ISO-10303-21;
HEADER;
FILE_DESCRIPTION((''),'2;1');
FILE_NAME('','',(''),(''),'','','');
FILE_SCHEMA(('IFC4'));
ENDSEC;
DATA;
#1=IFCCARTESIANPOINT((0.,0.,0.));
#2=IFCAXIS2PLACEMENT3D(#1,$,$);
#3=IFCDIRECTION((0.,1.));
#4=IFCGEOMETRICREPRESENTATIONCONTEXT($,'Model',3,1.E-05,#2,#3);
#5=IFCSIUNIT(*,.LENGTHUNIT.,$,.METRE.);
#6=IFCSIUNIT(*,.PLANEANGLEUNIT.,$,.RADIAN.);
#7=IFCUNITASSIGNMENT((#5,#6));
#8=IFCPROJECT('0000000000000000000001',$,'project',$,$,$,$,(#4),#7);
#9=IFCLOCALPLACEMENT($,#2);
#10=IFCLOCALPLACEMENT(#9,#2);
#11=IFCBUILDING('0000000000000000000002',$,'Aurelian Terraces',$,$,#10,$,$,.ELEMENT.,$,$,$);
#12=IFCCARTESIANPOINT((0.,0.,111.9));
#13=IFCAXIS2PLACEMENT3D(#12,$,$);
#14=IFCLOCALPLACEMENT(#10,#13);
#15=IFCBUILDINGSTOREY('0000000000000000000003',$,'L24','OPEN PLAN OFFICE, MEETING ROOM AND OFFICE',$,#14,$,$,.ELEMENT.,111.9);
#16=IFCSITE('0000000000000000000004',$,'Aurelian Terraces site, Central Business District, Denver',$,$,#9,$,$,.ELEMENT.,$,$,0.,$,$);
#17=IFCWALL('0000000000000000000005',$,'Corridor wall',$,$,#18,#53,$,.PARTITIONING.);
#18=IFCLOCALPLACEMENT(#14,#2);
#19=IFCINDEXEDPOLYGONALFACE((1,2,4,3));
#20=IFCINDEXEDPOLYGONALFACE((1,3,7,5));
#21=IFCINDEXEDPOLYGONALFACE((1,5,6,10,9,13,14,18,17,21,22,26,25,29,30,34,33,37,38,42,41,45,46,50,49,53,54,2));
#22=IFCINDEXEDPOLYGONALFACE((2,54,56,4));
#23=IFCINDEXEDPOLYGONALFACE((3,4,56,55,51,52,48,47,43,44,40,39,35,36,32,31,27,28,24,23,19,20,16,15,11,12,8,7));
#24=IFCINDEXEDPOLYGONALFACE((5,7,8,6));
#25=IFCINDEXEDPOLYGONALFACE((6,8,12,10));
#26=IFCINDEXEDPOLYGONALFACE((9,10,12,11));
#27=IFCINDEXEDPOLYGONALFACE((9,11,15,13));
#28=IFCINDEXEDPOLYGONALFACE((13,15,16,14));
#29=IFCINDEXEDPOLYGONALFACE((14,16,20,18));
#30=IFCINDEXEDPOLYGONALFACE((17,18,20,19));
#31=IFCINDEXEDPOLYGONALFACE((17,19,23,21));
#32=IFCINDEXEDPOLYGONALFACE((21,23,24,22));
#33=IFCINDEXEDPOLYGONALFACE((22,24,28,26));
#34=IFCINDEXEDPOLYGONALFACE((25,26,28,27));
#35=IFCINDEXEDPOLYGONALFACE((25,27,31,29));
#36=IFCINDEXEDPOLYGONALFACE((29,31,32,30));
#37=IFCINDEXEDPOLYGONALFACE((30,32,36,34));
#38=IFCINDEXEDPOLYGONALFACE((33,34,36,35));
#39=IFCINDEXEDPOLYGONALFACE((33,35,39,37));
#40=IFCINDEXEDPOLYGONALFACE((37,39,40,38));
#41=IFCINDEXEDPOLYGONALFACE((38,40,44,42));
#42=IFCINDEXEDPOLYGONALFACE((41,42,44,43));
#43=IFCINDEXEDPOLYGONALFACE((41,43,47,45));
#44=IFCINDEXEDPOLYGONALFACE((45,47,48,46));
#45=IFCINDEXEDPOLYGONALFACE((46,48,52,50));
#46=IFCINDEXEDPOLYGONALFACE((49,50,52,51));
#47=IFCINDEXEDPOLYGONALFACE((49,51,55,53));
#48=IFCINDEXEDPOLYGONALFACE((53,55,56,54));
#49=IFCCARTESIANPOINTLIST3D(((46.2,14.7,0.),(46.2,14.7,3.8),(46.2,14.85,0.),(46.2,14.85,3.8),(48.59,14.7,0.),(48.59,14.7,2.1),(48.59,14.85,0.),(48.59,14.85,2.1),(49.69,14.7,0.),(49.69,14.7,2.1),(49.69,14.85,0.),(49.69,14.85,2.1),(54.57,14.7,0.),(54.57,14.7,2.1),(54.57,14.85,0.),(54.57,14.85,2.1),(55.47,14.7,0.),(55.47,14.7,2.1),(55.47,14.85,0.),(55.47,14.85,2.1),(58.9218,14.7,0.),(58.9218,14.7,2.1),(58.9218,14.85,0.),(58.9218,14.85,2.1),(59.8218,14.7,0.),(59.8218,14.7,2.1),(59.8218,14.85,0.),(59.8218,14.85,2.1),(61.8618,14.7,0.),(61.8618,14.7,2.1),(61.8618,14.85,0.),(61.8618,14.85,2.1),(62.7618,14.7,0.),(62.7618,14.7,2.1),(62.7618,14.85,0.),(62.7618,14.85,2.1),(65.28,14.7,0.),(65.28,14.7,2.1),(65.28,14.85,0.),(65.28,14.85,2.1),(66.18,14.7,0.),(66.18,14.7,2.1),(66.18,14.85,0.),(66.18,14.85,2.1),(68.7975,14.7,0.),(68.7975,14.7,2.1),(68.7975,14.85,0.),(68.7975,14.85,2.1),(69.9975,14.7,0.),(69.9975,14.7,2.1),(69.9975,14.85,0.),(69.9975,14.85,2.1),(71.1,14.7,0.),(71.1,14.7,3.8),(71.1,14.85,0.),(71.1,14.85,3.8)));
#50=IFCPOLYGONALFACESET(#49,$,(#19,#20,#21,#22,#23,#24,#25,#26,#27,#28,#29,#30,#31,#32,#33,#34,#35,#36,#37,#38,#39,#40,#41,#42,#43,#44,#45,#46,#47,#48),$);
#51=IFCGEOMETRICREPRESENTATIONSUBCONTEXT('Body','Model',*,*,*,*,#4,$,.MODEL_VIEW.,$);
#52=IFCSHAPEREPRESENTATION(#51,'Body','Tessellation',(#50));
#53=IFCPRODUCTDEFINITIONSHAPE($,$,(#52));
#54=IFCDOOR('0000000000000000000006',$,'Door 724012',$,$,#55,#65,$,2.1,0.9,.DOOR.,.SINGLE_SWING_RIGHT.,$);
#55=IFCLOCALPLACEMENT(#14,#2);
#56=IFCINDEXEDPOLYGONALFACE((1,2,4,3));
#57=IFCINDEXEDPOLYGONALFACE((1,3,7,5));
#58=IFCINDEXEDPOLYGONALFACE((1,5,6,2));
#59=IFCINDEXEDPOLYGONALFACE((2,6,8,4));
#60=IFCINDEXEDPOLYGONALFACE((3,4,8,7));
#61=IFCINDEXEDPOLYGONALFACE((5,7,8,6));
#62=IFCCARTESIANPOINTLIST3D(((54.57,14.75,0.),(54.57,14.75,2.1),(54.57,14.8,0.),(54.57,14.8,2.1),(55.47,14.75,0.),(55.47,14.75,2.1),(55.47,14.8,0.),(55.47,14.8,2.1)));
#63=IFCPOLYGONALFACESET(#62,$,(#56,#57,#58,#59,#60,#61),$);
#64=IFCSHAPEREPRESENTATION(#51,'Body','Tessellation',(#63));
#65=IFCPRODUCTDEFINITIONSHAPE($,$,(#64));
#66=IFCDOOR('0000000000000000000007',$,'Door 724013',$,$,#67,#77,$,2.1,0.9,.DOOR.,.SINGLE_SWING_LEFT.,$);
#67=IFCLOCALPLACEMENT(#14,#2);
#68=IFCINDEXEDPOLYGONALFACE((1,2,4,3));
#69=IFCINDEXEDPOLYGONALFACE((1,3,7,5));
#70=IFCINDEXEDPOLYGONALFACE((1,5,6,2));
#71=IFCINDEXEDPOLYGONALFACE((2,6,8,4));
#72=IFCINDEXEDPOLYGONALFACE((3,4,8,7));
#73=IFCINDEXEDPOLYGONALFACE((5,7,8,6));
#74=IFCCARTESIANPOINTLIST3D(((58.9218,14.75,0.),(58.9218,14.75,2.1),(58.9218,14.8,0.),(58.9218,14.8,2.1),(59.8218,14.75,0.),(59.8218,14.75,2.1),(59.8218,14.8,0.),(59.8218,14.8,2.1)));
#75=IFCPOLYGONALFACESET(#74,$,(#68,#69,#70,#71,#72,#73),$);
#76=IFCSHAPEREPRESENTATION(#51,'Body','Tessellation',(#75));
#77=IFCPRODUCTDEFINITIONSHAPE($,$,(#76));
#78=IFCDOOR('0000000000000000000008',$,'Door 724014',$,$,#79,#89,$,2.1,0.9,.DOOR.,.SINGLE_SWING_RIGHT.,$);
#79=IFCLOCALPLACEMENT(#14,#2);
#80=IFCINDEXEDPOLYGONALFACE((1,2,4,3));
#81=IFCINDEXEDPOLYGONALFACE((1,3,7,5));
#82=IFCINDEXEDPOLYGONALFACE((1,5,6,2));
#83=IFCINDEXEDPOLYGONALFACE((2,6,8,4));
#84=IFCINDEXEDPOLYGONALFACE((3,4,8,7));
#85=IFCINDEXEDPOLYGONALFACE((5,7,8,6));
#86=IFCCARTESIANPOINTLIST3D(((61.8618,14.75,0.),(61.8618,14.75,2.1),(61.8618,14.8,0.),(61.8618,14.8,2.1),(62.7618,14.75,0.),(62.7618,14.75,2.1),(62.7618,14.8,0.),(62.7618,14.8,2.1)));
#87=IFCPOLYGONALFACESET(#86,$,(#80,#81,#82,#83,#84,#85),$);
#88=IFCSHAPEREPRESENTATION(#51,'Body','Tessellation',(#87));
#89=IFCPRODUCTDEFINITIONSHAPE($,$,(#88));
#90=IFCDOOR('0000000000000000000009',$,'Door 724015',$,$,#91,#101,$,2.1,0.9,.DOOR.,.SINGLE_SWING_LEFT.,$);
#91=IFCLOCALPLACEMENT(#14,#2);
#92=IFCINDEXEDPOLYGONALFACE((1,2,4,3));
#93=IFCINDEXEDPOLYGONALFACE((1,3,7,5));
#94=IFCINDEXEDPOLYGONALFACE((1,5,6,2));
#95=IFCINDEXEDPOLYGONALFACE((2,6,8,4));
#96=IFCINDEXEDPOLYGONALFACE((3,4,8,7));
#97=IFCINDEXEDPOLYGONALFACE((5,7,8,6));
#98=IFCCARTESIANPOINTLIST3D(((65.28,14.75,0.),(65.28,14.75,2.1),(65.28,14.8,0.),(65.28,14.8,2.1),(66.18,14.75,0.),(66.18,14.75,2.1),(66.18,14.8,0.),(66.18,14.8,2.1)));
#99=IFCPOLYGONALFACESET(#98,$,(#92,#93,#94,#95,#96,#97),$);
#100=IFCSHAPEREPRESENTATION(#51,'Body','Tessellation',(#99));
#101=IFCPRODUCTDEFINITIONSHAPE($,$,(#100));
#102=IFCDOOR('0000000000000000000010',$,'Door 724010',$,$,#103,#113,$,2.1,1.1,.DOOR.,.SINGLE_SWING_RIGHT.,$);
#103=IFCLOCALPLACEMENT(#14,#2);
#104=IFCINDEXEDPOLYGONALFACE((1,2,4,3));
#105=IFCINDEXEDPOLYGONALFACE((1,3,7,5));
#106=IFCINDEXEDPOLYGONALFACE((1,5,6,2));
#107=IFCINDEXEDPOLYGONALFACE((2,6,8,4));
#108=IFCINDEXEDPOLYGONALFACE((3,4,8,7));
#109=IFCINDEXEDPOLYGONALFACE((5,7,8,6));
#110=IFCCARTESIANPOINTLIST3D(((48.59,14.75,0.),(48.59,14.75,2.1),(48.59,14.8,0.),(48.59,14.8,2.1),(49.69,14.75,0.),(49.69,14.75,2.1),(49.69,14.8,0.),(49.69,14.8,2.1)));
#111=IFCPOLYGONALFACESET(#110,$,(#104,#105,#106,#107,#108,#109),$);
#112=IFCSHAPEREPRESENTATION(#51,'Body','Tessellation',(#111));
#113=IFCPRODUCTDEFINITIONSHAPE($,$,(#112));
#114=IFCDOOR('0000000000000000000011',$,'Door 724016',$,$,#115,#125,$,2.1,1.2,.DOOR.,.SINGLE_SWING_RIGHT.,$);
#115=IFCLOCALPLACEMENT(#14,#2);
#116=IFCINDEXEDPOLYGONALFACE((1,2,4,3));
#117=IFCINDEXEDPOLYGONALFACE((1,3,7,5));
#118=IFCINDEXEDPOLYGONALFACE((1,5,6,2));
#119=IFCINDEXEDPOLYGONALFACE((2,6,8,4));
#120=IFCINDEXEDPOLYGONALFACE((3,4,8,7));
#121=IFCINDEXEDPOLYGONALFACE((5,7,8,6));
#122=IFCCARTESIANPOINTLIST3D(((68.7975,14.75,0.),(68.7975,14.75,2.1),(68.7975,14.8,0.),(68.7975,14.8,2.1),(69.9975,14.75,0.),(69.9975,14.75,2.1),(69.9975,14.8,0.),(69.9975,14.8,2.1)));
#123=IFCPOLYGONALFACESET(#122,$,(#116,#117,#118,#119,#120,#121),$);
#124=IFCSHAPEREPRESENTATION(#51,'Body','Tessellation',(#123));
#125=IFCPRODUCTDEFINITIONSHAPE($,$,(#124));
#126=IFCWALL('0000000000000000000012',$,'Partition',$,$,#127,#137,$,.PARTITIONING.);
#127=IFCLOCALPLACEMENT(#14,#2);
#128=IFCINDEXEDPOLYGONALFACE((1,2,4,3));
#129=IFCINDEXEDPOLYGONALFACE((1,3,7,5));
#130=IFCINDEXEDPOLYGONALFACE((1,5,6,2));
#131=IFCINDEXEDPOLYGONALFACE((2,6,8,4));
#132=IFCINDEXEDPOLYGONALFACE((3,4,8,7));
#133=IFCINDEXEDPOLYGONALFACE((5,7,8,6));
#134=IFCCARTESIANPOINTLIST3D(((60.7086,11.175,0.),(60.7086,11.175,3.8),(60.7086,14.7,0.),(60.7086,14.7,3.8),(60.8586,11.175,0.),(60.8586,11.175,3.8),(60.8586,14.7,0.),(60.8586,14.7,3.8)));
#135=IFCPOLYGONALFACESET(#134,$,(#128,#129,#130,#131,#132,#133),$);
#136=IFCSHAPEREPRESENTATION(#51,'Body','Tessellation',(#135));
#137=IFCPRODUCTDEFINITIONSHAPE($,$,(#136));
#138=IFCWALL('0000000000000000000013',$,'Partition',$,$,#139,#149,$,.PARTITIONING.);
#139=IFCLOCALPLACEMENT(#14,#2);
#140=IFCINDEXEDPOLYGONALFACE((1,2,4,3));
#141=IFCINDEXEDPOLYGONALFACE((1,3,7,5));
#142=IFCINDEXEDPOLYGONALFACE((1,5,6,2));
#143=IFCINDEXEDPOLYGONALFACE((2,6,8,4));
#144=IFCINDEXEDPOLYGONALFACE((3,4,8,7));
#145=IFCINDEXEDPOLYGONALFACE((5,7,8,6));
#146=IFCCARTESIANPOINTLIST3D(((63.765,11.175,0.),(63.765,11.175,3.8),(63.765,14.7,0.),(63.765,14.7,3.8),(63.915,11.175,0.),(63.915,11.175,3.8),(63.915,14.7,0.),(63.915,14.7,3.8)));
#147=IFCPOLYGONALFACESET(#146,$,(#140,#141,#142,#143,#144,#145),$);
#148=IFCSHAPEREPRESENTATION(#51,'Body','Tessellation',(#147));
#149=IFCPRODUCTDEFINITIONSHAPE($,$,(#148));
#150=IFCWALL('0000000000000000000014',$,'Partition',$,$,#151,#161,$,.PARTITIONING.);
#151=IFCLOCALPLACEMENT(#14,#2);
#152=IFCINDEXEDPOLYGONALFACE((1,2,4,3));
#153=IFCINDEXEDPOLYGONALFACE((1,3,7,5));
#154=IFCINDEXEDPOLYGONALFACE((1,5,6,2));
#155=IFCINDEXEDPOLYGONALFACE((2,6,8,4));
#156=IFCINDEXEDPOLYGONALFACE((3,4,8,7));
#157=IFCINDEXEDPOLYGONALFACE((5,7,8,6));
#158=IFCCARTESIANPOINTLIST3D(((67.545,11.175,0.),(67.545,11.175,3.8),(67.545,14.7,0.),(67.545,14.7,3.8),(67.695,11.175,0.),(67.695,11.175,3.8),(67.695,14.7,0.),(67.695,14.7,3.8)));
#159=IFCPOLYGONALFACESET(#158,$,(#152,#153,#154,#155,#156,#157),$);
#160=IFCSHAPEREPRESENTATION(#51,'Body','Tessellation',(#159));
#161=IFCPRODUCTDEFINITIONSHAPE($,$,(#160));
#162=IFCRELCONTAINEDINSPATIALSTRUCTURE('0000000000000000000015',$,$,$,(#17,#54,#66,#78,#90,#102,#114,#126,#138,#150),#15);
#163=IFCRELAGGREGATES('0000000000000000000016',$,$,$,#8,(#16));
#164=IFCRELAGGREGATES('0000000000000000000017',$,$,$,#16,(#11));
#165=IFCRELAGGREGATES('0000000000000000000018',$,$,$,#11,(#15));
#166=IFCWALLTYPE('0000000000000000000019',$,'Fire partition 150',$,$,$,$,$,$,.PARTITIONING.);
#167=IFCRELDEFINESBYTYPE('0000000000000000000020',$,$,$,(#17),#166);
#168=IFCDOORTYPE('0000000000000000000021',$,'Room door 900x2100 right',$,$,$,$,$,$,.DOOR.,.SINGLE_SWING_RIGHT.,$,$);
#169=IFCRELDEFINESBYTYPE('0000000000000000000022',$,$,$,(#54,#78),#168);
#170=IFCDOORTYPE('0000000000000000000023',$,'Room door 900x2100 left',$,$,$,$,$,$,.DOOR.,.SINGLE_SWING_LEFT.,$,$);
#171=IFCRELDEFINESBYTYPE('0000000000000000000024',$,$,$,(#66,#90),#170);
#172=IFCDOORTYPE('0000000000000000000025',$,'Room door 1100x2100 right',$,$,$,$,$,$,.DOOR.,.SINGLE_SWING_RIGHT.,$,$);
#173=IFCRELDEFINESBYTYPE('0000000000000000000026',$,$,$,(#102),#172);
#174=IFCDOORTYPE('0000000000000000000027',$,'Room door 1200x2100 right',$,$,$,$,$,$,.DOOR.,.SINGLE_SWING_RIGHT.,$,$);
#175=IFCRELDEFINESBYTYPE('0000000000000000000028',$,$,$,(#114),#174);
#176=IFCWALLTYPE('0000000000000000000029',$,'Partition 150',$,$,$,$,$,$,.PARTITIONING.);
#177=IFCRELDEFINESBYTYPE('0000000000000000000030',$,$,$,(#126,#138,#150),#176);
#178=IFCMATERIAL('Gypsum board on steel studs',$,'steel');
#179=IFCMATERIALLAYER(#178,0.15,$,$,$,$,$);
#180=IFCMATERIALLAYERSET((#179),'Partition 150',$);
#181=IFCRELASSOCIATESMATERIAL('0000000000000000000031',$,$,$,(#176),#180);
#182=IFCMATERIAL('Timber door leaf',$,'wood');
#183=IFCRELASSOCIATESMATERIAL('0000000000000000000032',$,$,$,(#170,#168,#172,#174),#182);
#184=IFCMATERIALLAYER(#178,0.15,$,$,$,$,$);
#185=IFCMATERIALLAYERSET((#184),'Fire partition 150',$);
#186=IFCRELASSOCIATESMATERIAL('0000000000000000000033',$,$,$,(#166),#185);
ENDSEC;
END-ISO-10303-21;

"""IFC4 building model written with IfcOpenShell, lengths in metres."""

from ifc_helpers import new_model, si_unit, direction, frame, frame_2d, origin, place, context, subcontext, project, spatial, rectangle, extrude, source, transform, mapped, material, layer, layer_set, type_object, element, fill, save


model = new_model("IFC4")

# Units and contexts
model_context = context("Model", 3, precision=1e-05, world=origin(), true_north=direction((0.0, 1.0)))
body_context = subcontext(model_context, "Body", "Model", "MODEL_VIEW")
ifc_project = project(units=[si_unit("LENGTHUNIT", "METRE"), si_unit("PLANEANGLEUNIT", "RADIAN")], contexts=[model_context])

# Site, building, storey
site_placement = place(None, origin())
site = spatial("IfcSite", under=ifc_project, at=site_placement, Name="Aurelian Terraces site, Central Business District, Denver", CompositionType="ELEMENT", RefElevation=0.0)
building_placement = place(site_placement, origin())
building = spatial("IfcBuilding", under=site, at=building_placement, Name="Aurelian Terraces", CompositionType="ELEMENT")
storey_placement = place(building_placement, frame((0.0, 0.0, 111.9)))
storey = spatial("IfcBuildingStorey", under=building, at=storey_placement, Name="L24", Description="OPEN PLAN OFFICE, MEETING ROOM AND OFFICE", CompositionType="ELEMENT", Elevation=111.9)

# Wall, openings, doors
ifc_material_1 = material(Name="Gypsum board on steel studs", Category="steel")
ifc_layer_1 = layer(ifc_material_1, 0.15)
ifc_layer_set_1 = layer_set([ifc_layer_1], Name="Partition 150")
wall_type_1 = type_object("IfcWallType", Name="Partition 150", PredefinedType="PARTITIONING", material=ifc_layer_set_1)
shared_shape_1 = source(origin(), body_context, "Body", "SweptSolid", [
    extrude(rectangle(XDim=24.9, YDim=0.15, at=frame_2d((12.45, 0.0))), origin(), (0.0, 0.0, 1.0), 3.8),
])
shared_shape_2 = source(origin(), body_context, "Body", "SweptSolid", [
    extrude(rectangle(XDim=1.1, YDim=2.1, at=frame_2d((0.55, 1.05))), frame((0.0, 0.085, 0.0), z_axis=(0.0, -1.0, 0.0), x_axis=(1.0, 0.0, 0.0)), (0.0, 0.0, 1.0), 0.17),
])
shared_shape_3 = source(origin(), body_context, "Body", "SweptSolid", [
    extrude(rectangle(XDim=0.9, YDim=2.1, at=frame_2d((0.45, 1.05))), frame((0.0, 0.085, 0.0), z_axis=(0.0, -1.0, 0.0), x_axis=(1.0, 0.0, 0.0)), (0.0, 0.0, 1.0), 0.17),
])
ifc_material_2 = material(Name="Timber door leaf", Category="wood")
door_type_1 = type_object("IfcDoorType", Name="Room door 900x2100 left", OperationType="SINGLE_SWING_LEFT", PredefinedType="DOOR", material=ifc_material_2)
shared_shape_4 = source(origin(), body_context, "Body", "SweptSolid", [
    extrude(rectangle(XDim=0.9, YDim=2.1, at=frame_2d((0.45, 1.05))), frame((0.0, 0.025, 0.0), z_axis=(0.0, -1.0, 0.0), x_axis=(1.0, 0.0, 0.0)), (0.0, 0.0, 1.0), 0.05),
])
shared_shape_5 = source(origin(), body_context, "Body", "SweptSolid", [
    extrude(rectangle(XDim=1.1, YDim=2.1, at=frame_2d((0.55, 1.05))), frame((0.0, 0.025, 0.0), z_axis=(0.0, -1.0, 0.0), x_axis=(1.0, 0.0, 0.0)), (0.0, 0.0, 1.0), 0.05),
])
ifc_layer_2 = layer(ifc_material_1, 0.15)
ifc_layer_set_2 = layer_set([ifc_layer_2], Name="Fire partition 150")
wall_type_2 = type_object("IfcWallType", Name="Fire partition 150", PredefinedType="PARTITIONING", material=ifc_layer_set_2)
wall_1_placement = place(storey_placement, frame((71.1, 14.775, 0.0), z_axis=(0.0, 0.0, 1.0), x_axis=(-1.0, 0.0, 0.0)))
wall_1 = element("IfcWall", 1, at=wall_1_placement, inside=storey, type_object=wall_type_2, Name="Corridor wall", PredefinedType="PARTITIONING", context=body_context, shape_type="MappedRepresentation", body=[
    mapped(shared_shape_1, transform((0.0, 0.0, 0.0), scale=1.0)),
])
opening_1_placement = place(wall_1_placement, frame((21.41, 0.0, 0.0)))
opening_1 = element("IfcOpeningElement", 2, at=opening_1_placement, cuts=wall_1, PredefinedType="OPENING", context=body_context, shape_type="MappedRepresentation", body=[
    mapped(shared_shape_2, transform((0.0, 0.0, 0.0), scale=1.0)),
])
opening_2_placement = place(wall_1_placement, frame((15.63, 0.0, 0.0)))
opening_2 = element("IfcOpeningElement", 3, at=opening_2_placement, cuts=wall_1, PredefinedType="OPENING", context=body_context, shape_type="MappedRepresentation", body=[
    mapped(shared_shape_3, transform((0.0, 0.0, 0.0), scale=1.0)),
])
opening_3_placement = place(wall_1_placement, frame((11.2782, 0.0, 0.0)))
opening_3 = element("IfcOpeningElement", 4, at=opening_3_placement, cuts=wall_1, PredefinedType="OPENING", context=body_context, shape_type="MappedRepresentation", body=[
    mapped(shared_shape_3, transform((0.0, 0.0, 0.0), scale=1.0)),
])
opening_4_placement = place(wall_1_placement, frame((8.3382, 0.0, 0.0)))
opening_4 = element("IfcOpeningElement", 5, at=opening_4_placement, cuts=wall_1, PredefinedType="OPENING", context=body_context, shape_type="MappedRepresentation", body=[
    mapped(shared_shape_3, transform((0.0, 0.0, 0.0), scale=1.0)),
])
opening_5_placement = place(wall_1_placement, frame((4.92, 0.0, 0.0)))
opening_5 = element("IfcOpeningElement", 6, at=opening_5_placement, cuts=wall_1, PredefinedType="OPENING", context=body_context, shape_type="MappedRepresentation", body=[
    mapped(shared_shape_3, transform((0.0, 0.0, 0.0), scale=1.0)),
])
shared_shape_6 = source(origin(), body_context, "Body", "SweptSolid", [
    extrude(rectangle(XDim=1.2, YDim=2.1, at=frame_2d((0.6, 1.05))), frame((0.0, 0.085, 0.0), z_axis=(0.0, -1.0, 0.0), x_axis=(1.0, 0.0, 0.0)), (0.0, 0.0, 1.0), 0.17),
])
opening_6_placement = place(wall_1_placement, frame((1.1025, 0.0, 0.0)))
opening_6 = element("IfcOpeningElement", 7, at=opening_6_placement, cuts=wall_1, PredefinedType="OPENING", context=body_context, shape_type="MappedRepresentation", body=[
    mapped(shared_shape_6, transform((0.0, 0.0, 0.0), scale=1.0)),
])
door_type_2 = type_object("IfcDoorType", Name="Room door 900x2100 right", OperationType="SINGLE_SWING_RIGHT", PredefinedType="DOOR", material=ifc_material_2)
door_1_placement = place(opening_2_placement, origin())
door_1 = element("IfcDoor", 8, at=door_1_placement, inside=storey, type_object=door_type_2, Name="Door 724012", OperationType="SINGLE_SWING_RIGHT", OverallHeight=2.1, OverallWidth=0.9, PredefinedType="DOOR", context=body_context, shape_type="MappedRepresentation", body=[
    mapped(shared_shape_4, transform((0.0, 0.0, 0.0), scale=1.0)),
])
fill(opening_2, door_1)
door_2_placement = place(opening_3_placement, origin())
door_2 = element("IfcDoor", 9, at=door_2_placement, inside=storey, type_object=door_type_1, Name="Door 724013", OperationType="SINGLE_SWING_LEFT", OverallHeight=2.1, OverallWidth=0.9, PredefinedType="DOOR", context=body_context, shape_type="MappedRepresentation", body=[
    mapped(shared_shape_4, transform((0.0, 0.0, 0.0), scale=1.0)),
])
fill(opening_3, door_2)
door_3_placement = place(opening_4_placement, origin())
door_3 = element("IfcDoor", 10, at=door_3_placement, inside=storey, type_object=door_type_2, Name="Door 724014", OperationType="SINGLE_SWING_RIGHT", OverallHeight=2.1, OverallWidth=0.9, PredefinedType="DOOR", context=body_context, shape_type="MappedRepresentation", body=[
    mapped(shared_shape_4, transform((0.0, 0.0, 0.0), scale=1.0)),
])
fill(opening_4, door_3)
door_4_placement = place(opening_5_placement, origin())
door_4 = element("IfcDoor", 11, at=door_4_placement, inside=storey, type_object=door_type_1, Name="Door 724015", OperationType="SINGLE_SWING_LEFT", OverallHeight=2.1, OverallWidth=0.9, PredefinedType="DOOR", context=body_context, shape_type="MappedRepresentation", body=[
    mapped(shared_shape_4, transform((0.0, 0.0, 0.0), scale=1.0)),
])
fill(opening_5, door_4)
door_type_3 = type_object("IfcDoorType", Name="Room door 1100x2100 right", OperationType="SINGLE_SWING_RIGHT", PredefinedType="DOOR", material=ifc_material_2)
door_5_placement = place(opening_1_placement, origin())
door_5 = element("IfcDoor", 12, at=door_5_placement, inside=storey, type_object=door_type_3, Name="Door 724010", OperationType="SINGLE_SWING_RIGHT", OverallHeight=2.1, OverallWidth=1.1, PredefinedType="DOOR", context=body_context, shape_type="MappedRepresentation", body=[
    mapped(shared_shape_5, transform((0.0, 0.0, 0.0), scale=1.0)),
])
fill(opening_1, door_5)
door_type_4 = type_object("IfcDoorType", Name="Room door 1200x2100 right", OperationType="SINGLE_SWING_RIGHT", PredefinedType="DOOR", material=ifc_material_2)
shared_shape_7 = source(origin(), body_context, "Body", "SweptSolid", [
    extrude(rectangle(XDim=1.2, YDim=2.1, at=frame_2d((0.6, 1.05))), frame((0.0, 0.025, 0.0), z_axis=(0.0, -1.0, 0.0), x_axis=(1.0, 0.0, 0.0)), (0.0, 0.0, 1.0), 0.05),
])
door_6_placement = place(opening_6_placement, origin())
door_6 = element("IfcDoor", 13, at=door_6_placement, inside=storey, type_object=door_type_4, Name="Door 724016", OperationType="SINGLE_SWING_RIGHT", OverallHeight=2.1, OverallWidth=1.2, PredefinedType="DOOR", context=body_context, shape_type="MappedRepresentation", body=[
    mapped(shared_shape_7, transform((0.0, 0.0, 0.0), scale=1.0)),
])
fill(opening_6, door_6)

# Walls
shared_shape_8 = source(origin(), body_context, "Body", "SweptSolid", [
    extrude(rectangle(XDim=3.525, YDim=0.15, at=frame_2d((1.7625, 0.0))), origin(), (0.0, 0.0, 1.0), 3.8),
])
for number, where, z_axis, x_axis, name in (
    (14, (60.7836, 11.175, 0.0), (0.0, 0.0, 1.0), (0.0, 1.0, 0.0), "Partition"),
    (15, (63.84, 11.175, 0.0), (0.0, 0.0, 1.0), (0.0, 1.0, 0.0), "Partition"),
    (16, (67.62, 11.175, 0.0), (0.0, 0.0, 1.0), (0.0, 1.0, 0.0), "Partition"),
):
    element("IfcWall", number, at=place(storey_placement, frame(where, z_axis=z_axis, x_axis=x_axis)), inside=storey, type_object=wall_type_1, Name=name, PredefinedType="PARTITIONING", context=body_context, shape_type="MappedRepresentation", body=[
        mapped(shared_shape_8, transform((0.0, 0.0, 0.0), scale=1.0)),
    ])

save(model, "model.ifc")
